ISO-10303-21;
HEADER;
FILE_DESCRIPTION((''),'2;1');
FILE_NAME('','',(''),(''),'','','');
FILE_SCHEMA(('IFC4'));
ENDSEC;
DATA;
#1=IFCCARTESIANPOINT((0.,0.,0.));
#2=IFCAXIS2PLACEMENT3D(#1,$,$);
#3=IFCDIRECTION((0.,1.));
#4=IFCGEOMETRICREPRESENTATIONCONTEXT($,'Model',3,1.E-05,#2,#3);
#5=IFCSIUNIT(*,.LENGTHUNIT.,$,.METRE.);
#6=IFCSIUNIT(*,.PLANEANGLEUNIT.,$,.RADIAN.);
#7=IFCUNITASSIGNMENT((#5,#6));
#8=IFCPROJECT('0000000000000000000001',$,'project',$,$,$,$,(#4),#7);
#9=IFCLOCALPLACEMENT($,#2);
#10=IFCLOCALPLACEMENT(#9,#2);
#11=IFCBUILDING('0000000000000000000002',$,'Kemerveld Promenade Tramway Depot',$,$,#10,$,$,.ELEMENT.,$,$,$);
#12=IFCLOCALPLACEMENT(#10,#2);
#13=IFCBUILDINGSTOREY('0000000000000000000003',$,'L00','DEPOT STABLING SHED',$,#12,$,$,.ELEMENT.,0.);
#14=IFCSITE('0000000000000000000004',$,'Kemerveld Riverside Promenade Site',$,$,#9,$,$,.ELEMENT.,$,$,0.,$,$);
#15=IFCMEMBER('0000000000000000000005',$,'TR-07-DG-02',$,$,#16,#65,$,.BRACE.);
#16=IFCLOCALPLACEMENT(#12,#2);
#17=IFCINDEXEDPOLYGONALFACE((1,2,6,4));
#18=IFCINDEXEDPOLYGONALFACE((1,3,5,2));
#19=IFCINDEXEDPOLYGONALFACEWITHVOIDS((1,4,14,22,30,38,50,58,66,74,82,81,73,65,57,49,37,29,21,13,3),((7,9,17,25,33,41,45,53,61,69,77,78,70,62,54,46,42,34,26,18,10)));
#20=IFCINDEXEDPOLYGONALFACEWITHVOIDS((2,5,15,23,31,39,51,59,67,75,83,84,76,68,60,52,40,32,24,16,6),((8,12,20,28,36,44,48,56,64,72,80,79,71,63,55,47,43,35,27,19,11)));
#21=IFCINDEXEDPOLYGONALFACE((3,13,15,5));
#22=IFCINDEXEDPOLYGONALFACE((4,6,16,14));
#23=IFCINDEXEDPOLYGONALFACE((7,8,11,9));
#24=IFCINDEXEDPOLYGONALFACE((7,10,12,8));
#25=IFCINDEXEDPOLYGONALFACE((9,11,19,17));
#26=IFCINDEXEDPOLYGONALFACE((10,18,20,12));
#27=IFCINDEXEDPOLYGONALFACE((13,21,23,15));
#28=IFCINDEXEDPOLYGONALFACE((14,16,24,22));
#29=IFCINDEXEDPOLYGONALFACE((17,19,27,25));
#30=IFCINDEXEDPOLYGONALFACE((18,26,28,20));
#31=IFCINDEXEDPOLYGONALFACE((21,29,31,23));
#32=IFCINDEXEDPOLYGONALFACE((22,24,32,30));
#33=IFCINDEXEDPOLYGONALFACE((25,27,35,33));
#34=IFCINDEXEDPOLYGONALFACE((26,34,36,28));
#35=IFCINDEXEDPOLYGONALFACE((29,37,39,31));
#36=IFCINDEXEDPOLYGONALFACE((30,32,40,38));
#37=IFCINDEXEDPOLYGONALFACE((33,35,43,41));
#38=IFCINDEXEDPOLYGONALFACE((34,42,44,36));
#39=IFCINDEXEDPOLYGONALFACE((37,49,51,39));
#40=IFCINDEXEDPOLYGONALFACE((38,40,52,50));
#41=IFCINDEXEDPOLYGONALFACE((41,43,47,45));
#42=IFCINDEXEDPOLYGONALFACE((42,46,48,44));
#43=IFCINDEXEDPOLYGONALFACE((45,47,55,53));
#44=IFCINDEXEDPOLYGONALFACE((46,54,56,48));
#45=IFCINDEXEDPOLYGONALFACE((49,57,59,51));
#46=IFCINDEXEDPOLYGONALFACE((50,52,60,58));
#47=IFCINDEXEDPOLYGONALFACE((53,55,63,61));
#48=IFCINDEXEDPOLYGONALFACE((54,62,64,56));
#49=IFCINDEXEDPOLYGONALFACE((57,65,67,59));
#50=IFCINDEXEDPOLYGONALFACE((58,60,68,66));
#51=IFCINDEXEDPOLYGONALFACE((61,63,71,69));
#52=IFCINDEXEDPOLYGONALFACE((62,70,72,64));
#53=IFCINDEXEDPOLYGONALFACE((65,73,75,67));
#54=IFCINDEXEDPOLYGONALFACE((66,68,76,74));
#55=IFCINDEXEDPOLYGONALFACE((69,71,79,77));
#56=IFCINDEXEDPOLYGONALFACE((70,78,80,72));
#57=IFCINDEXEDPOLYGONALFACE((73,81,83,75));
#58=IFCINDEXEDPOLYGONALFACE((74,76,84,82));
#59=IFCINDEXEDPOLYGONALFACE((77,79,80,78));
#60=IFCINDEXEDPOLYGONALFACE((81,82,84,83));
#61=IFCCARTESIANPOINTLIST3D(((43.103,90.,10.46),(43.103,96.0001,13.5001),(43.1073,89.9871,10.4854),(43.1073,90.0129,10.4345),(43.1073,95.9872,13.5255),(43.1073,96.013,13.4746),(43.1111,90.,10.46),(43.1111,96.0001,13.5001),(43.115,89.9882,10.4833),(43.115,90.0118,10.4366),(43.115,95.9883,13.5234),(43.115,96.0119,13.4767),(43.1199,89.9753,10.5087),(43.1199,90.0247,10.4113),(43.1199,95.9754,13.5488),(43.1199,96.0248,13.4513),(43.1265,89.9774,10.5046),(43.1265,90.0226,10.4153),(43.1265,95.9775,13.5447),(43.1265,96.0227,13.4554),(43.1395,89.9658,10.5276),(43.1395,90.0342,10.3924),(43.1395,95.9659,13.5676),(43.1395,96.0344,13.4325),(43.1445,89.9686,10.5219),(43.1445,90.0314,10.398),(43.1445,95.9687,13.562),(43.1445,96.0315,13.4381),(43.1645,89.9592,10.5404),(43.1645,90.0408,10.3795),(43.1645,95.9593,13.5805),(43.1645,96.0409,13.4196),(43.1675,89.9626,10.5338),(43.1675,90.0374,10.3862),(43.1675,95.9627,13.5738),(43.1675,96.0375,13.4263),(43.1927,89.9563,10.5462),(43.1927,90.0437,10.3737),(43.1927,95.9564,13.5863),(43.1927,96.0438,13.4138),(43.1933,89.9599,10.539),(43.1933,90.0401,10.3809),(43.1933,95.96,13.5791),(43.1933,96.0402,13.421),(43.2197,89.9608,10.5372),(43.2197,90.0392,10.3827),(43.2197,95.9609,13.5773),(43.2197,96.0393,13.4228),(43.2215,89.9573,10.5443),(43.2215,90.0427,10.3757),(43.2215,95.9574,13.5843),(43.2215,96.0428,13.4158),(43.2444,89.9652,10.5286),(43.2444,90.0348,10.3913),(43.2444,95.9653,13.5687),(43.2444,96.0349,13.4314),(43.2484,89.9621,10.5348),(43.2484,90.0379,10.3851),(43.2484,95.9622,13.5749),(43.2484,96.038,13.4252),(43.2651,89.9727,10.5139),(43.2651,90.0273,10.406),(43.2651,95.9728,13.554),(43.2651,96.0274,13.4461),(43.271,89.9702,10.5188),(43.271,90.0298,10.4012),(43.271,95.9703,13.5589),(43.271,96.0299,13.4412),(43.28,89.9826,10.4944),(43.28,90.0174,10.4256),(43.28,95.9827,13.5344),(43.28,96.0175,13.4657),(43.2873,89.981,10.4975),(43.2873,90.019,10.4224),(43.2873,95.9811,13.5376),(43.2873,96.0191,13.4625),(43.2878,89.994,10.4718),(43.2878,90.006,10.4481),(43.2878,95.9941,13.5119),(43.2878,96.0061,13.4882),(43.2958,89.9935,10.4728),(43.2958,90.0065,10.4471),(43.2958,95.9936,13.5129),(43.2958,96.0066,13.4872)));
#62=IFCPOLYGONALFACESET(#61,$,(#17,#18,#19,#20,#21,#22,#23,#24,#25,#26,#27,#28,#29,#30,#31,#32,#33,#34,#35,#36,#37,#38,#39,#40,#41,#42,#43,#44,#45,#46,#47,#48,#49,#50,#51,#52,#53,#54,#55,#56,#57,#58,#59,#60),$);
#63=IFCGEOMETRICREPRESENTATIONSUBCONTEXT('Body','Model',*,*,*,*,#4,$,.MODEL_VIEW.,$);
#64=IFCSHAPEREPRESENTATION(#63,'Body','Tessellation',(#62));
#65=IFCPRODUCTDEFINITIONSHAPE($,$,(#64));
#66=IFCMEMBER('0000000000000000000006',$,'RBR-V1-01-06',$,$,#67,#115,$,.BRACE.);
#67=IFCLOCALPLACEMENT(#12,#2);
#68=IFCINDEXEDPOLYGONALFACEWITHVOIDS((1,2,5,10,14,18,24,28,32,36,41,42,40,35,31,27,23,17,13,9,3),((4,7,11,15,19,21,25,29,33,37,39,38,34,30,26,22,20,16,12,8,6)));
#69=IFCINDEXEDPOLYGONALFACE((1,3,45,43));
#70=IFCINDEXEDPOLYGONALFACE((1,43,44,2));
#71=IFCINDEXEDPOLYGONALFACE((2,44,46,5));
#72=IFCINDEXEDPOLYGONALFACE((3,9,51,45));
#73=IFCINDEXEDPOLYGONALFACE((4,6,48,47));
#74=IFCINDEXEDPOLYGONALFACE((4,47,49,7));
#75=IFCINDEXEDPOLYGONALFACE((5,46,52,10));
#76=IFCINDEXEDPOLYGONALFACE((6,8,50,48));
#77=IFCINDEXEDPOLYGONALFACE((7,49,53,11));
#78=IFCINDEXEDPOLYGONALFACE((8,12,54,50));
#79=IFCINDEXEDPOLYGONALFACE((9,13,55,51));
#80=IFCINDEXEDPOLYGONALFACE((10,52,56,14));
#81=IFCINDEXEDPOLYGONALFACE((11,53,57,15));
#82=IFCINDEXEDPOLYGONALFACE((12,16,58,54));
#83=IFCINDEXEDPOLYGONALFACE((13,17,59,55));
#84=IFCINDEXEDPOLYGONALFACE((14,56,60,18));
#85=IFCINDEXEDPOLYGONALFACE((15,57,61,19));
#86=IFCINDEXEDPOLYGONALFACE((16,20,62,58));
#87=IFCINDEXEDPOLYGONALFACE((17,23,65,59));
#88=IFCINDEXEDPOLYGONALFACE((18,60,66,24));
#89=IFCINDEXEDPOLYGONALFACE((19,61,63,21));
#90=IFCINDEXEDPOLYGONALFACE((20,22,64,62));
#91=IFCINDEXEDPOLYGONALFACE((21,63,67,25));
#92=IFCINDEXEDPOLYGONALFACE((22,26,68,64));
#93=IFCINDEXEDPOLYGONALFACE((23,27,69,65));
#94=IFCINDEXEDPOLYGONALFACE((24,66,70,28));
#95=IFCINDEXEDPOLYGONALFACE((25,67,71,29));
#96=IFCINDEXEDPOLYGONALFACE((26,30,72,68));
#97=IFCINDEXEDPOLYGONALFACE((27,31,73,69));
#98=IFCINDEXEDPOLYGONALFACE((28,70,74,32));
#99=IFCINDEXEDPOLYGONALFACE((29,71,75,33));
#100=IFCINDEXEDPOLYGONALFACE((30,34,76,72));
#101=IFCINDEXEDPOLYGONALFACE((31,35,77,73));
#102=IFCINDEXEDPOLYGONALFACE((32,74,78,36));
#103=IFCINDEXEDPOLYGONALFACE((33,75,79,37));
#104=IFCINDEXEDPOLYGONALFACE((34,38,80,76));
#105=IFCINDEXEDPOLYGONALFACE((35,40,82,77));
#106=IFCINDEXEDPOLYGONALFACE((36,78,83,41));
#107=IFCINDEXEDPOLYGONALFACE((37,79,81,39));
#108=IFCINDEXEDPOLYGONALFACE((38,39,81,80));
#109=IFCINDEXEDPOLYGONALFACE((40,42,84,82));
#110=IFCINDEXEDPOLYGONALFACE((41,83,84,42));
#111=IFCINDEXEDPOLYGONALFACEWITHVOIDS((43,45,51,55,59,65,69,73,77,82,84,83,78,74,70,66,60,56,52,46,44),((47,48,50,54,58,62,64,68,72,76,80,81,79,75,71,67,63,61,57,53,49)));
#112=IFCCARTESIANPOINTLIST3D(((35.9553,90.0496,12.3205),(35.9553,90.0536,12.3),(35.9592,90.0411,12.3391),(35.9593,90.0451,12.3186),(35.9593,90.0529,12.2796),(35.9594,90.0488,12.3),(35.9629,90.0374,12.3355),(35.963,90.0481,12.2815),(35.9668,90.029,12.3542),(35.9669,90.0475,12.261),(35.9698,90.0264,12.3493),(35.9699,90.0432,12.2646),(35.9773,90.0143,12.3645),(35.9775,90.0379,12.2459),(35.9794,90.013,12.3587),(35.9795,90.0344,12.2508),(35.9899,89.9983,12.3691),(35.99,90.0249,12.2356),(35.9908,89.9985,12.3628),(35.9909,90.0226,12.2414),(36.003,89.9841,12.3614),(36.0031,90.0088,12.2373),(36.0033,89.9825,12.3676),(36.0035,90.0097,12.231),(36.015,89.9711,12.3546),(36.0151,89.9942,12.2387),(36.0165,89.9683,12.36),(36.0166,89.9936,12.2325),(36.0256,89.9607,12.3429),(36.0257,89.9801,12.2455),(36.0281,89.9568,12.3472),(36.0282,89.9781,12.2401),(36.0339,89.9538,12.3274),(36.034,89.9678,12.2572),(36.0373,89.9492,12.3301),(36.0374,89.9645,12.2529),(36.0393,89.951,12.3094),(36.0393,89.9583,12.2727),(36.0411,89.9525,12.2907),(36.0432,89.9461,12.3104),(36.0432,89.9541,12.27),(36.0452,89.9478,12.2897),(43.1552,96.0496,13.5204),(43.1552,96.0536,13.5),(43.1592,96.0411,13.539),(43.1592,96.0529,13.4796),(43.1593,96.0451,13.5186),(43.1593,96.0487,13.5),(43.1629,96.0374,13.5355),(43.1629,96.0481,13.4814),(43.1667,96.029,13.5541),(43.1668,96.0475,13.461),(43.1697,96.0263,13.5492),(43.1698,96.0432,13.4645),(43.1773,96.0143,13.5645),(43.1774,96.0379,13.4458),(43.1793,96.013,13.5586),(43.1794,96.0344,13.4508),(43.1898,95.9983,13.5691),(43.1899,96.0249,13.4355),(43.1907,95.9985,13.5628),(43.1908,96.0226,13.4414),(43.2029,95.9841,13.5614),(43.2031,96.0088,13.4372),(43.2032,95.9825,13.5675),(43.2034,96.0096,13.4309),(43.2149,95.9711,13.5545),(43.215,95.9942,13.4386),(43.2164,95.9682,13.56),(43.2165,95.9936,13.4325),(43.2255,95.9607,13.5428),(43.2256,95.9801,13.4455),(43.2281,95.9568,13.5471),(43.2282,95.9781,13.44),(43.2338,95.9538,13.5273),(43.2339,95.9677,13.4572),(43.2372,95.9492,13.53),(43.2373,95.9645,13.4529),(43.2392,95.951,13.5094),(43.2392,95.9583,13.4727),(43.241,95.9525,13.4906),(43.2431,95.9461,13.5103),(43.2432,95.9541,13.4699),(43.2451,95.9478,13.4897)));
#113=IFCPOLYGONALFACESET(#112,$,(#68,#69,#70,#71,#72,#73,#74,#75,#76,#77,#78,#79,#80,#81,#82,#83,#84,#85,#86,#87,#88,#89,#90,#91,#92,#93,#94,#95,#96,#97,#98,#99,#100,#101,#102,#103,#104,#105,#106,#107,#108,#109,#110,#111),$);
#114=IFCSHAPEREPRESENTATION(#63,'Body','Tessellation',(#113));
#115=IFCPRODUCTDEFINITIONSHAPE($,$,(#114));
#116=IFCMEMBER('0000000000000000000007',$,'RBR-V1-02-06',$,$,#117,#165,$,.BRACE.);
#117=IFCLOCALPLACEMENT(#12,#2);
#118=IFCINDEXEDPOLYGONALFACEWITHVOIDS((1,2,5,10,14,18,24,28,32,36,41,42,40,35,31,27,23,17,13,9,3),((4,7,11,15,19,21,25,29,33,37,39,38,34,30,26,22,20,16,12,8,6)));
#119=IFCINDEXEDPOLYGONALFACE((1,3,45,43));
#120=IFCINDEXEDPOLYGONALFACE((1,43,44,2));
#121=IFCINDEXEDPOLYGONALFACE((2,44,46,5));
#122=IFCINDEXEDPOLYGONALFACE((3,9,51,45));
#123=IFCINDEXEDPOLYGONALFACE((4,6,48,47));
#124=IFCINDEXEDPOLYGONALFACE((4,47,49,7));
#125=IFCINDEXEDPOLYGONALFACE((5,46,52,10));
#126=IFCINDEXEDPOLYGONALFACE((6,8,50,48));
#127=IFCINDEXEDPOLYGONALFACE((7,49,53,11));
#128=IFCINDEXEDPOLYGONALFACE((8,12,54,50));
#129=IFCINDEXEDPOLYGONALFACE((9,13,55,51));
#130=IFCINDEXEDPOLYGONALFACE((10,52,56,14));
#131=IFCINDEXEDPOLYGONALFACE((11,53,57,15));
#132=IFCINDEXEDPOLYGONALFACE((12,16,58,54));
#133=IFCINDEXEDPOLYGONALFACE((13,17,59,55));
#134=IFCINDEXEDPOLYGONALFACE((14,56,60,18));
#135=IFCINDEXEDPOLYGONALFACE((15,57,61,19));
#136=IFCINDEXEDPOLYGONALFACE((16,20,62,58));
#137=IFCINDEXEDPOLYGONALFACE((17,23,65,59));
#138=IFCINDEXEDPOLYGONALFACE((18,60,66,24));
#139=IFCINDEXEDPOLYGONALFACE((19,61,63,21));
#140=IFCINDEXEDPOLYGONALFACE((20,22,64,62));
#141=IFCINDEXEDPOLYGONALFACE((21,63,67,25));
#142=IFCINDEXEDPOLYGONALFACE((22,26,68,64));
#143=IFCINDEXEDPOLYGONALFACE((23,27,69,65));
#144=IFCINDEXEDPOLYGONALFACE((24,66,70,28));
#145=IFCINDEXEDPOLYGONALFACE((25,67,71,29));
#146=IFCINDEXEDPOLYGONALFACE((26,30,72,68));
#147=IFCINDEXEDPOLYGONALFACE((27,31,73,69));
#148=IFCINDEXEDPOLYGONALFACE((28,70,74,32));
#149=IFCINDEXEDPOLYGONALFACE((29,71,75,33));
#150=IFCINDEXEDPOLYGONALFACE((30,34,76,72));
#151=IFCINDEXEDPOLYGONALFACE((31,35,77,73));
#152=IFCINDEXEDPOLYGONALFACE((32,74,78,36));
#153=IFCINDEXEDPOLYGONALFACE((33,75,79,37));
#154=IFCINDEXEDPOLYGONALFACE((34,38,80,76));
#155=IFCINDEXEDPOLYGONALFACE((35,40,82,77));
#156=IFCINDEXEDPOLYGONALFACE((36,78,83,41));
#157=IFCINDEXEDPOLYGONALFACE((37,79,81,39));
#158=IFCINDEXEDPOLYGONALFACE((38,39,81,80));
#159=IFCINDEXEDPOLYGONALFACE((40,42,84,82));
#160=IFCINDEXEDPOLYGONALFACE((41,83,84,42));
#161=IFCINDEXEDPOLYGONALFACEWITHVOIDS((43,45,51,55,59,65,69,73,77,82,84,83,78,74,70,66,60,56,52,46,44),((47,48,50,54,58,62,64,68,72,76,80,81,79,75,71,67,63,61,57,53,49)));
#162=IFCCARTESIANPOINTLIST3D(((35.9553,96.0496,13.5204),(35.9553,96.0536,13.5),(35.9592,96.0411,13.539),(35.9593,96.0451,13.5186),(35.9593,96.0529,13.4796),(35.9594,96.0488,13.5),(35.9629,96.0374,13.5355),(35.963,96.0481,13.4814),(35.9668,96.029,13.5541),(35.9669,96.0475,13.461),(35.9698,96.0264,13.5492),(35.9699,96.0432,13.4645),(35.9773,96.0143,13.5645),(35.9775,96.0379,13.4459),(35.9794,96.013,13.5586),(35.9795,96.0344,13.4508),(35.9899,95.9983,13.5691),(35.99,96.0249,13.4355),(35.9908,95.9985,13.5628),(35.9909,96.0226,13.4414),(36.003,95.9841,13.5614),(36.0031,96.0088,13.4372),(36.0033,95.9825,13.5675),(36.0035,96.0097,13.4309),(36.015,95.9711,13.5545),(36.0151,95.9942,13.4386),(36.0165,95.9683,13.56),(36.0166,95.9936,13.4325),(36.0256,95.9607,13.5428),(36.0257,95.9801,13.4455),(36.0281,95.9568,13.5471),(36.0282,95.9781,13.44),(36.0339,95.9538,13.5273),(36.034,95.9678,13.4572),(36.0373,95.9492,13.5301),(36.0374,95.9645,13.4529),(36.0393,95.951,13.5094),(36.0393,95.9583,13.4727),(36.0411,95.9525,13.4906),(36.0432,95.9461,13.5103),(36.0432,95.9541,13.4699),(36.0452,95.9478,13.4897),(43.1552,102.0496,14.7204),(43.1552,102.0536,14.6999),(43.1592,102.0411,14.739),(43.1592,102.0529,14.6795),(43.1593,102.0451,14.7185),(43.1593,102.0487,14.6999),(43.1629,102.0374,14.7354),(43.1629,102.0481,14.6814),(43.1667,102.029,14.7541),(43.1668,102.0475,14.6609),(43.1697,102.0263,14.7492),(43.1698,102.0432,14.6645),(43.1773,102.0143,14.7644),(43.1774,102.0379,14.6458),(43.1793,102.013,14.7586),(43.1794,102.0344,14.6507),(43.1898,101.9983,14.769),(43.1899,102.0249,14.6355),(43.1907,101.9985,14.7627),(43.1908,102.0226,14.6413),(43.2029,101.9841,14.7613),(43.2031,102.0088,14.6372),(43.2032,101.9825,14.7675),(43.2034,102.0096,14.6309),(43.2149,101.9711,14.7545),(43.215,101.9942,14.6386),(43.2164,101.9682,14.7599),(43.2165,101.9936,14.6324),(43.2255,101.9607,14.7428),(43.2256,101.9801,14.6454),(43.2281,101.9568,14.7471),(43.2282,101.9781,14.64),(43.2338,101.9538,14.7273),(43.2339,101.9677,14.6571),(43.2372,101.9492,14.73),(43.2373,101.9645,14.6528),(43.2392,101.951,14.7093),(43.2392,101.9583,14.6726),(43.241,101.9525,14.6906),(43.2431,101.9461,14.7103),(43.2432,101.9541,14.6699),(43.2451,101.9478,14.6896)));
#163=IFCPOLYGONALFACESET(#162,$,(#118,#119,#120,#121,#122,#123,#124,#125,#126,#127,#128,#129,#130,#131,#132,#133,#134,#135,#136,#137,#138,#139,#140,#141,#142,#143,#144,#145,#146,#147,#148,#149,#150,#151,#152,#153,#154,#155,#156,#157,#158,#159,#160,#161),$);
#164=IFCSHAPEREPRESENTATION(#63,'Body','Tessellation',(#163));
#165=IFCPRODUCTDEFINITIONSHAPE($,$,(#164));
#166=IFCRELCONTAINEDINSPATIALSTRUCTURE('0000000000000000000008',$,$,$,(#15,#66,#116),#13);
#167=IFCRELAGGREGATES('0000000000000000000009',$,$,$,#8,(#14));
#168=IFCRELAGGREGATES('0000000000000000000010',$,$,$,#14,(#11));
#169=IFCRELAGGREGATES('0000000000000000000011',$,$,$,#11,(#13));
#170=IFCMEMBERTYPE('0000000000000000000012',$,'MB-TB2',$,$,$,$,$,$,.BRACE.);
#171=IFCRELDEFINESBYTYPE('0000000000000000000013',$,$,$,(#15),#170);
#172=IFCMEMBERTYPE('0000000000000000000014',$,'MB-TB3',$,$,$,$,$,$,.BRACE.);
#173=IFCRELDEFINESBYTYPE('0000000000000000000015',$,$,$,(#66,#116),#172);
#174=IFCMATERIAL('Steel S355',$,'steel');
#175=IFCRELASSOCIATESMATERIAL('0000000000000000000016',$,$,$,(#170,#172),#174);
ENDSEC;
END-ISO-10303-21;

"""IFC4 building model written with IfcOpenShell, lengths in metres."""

from ifc_helpers import new_model, si_unit, direction, frame, origin, origin_2d, place, context, subcontext, project, spatial, hollow_circle, extrude, material, material_profile, profile_set, type_object, element, save


model = new_model("IFC4")

# Units and contexts
model_context = context("Model", 3, precision=1e-05, world=origin(), true_north=direction((0.0, 1.0)))
body_context = subcontext(model_context, "Body", "Model", "MODEL_VIEW")
ifc_project = project(units=[si_unit("LENGTHUNIT", "METRE"), si_unit("PLANEANGLEUNIT", "RADIAN")], contexts=[model_context])

# Site, building, storey
site_placement = place(None, origin())
site = spatial("IfcSite", under=ifc_project, at=site_placement, Name="Kemerveld Riverside Promenade Site", CompositionType="ELEMENT", RefElevation=0.0)
building_placement = place(site_placement, origin())
building = spatial("IfcBuilding", under=site, at=building_placement, Name="Kemerveld Promenade Tramway Depot", CompositionType="ELEMENT")
storey_placement = place(building_placement, origin())
storey = spatial("IfcBuildingStorey", under=building, at=storey_placement, Name="L00", Description="DEPOT STABLING SHED", CompositionType="ELEMENT", Elevation=0.0)

# Shared definitions
ifc_material_1 = material(Name="Steel S355", Category="steel")

# Members
ifc_material_profile_1 = material_profile(ifc_material_1, hollow_circle(Radius=0.0969, WallThickness=0.0081, at=origin_2d()), Name="193.7x8.0 CHS")
ifc_profile_set_1 = profile_set([ifc_material_profile_1], Name="Steel S355")
member_type_1 = type_object("IfcMemberType", Name="MB-TB2", PredefinedType="BRACE", material=ifc_profile_set_1)
member_1_placement = place(storey_placement, frame((43.2, 90.0, 10.46), z_axis=(0.0, 0.892033, 0.451969), x_axis=(-1.0, 0.0, 0.0)))
element("IfcMember", 1, at=member_1_placement, inside=storey, type_object=member_type_1, Name="TR-07-DG-02", PredefinedType="BRACE", context=body_context, shape_type="SweptSolid", body=[
    extrude(hollow_circle(Radius=0.0969, WallThickness=0.0081, at=origin_2d()), origin(), (0.0, 0.0, 1.0), 6.7263),
])
ifc_material_profile_2 = material_profile(ifc_material_1, hollow_circle(Radius=0.0698, WallThickness=0.0063, at=origin_2d()), Name="139.7x6.3 CHS")
ifc_profile_set_2 = profile_set([ifc_material_profile_2], Name="Steel S355")
member_type_2 = type_object("IfcMemberType", Name="MB-TB3", PredefinedType="BRACE", material=ifc_profile_set_2)
for number, where, z_axis, x_axis, name in (
    (2, (36.0, 90.0, 12.3), (0.761999, 0.635004, 0.126996), (-0.640187, 0.768219, 0.0), "RBR-V1-01-06"),
    (3, (36.0, 96.0, 13.5), (0.761999, 0.635004, 0.126996), (-0.640187, 0.768219, 0.0), "RBR-V1-02-06"),
):
    element("IfcMember", number, at=place(storey_placement, frame(where, z_axis=z_axis, x_axis=x_axis)), inside=storey, type_object=member_type_2, Name=name, PredefinedType="BRACE", context=body_context, shape_type="SweptSolid", body=[
        extrude(hollow_circle(Radius=0.0698, WallThickness=0.0063, at=origin_2d()), origin(), (0.0, 0.0, 1.0), 9.4487),
    ])

save(model, "model.ifc")
